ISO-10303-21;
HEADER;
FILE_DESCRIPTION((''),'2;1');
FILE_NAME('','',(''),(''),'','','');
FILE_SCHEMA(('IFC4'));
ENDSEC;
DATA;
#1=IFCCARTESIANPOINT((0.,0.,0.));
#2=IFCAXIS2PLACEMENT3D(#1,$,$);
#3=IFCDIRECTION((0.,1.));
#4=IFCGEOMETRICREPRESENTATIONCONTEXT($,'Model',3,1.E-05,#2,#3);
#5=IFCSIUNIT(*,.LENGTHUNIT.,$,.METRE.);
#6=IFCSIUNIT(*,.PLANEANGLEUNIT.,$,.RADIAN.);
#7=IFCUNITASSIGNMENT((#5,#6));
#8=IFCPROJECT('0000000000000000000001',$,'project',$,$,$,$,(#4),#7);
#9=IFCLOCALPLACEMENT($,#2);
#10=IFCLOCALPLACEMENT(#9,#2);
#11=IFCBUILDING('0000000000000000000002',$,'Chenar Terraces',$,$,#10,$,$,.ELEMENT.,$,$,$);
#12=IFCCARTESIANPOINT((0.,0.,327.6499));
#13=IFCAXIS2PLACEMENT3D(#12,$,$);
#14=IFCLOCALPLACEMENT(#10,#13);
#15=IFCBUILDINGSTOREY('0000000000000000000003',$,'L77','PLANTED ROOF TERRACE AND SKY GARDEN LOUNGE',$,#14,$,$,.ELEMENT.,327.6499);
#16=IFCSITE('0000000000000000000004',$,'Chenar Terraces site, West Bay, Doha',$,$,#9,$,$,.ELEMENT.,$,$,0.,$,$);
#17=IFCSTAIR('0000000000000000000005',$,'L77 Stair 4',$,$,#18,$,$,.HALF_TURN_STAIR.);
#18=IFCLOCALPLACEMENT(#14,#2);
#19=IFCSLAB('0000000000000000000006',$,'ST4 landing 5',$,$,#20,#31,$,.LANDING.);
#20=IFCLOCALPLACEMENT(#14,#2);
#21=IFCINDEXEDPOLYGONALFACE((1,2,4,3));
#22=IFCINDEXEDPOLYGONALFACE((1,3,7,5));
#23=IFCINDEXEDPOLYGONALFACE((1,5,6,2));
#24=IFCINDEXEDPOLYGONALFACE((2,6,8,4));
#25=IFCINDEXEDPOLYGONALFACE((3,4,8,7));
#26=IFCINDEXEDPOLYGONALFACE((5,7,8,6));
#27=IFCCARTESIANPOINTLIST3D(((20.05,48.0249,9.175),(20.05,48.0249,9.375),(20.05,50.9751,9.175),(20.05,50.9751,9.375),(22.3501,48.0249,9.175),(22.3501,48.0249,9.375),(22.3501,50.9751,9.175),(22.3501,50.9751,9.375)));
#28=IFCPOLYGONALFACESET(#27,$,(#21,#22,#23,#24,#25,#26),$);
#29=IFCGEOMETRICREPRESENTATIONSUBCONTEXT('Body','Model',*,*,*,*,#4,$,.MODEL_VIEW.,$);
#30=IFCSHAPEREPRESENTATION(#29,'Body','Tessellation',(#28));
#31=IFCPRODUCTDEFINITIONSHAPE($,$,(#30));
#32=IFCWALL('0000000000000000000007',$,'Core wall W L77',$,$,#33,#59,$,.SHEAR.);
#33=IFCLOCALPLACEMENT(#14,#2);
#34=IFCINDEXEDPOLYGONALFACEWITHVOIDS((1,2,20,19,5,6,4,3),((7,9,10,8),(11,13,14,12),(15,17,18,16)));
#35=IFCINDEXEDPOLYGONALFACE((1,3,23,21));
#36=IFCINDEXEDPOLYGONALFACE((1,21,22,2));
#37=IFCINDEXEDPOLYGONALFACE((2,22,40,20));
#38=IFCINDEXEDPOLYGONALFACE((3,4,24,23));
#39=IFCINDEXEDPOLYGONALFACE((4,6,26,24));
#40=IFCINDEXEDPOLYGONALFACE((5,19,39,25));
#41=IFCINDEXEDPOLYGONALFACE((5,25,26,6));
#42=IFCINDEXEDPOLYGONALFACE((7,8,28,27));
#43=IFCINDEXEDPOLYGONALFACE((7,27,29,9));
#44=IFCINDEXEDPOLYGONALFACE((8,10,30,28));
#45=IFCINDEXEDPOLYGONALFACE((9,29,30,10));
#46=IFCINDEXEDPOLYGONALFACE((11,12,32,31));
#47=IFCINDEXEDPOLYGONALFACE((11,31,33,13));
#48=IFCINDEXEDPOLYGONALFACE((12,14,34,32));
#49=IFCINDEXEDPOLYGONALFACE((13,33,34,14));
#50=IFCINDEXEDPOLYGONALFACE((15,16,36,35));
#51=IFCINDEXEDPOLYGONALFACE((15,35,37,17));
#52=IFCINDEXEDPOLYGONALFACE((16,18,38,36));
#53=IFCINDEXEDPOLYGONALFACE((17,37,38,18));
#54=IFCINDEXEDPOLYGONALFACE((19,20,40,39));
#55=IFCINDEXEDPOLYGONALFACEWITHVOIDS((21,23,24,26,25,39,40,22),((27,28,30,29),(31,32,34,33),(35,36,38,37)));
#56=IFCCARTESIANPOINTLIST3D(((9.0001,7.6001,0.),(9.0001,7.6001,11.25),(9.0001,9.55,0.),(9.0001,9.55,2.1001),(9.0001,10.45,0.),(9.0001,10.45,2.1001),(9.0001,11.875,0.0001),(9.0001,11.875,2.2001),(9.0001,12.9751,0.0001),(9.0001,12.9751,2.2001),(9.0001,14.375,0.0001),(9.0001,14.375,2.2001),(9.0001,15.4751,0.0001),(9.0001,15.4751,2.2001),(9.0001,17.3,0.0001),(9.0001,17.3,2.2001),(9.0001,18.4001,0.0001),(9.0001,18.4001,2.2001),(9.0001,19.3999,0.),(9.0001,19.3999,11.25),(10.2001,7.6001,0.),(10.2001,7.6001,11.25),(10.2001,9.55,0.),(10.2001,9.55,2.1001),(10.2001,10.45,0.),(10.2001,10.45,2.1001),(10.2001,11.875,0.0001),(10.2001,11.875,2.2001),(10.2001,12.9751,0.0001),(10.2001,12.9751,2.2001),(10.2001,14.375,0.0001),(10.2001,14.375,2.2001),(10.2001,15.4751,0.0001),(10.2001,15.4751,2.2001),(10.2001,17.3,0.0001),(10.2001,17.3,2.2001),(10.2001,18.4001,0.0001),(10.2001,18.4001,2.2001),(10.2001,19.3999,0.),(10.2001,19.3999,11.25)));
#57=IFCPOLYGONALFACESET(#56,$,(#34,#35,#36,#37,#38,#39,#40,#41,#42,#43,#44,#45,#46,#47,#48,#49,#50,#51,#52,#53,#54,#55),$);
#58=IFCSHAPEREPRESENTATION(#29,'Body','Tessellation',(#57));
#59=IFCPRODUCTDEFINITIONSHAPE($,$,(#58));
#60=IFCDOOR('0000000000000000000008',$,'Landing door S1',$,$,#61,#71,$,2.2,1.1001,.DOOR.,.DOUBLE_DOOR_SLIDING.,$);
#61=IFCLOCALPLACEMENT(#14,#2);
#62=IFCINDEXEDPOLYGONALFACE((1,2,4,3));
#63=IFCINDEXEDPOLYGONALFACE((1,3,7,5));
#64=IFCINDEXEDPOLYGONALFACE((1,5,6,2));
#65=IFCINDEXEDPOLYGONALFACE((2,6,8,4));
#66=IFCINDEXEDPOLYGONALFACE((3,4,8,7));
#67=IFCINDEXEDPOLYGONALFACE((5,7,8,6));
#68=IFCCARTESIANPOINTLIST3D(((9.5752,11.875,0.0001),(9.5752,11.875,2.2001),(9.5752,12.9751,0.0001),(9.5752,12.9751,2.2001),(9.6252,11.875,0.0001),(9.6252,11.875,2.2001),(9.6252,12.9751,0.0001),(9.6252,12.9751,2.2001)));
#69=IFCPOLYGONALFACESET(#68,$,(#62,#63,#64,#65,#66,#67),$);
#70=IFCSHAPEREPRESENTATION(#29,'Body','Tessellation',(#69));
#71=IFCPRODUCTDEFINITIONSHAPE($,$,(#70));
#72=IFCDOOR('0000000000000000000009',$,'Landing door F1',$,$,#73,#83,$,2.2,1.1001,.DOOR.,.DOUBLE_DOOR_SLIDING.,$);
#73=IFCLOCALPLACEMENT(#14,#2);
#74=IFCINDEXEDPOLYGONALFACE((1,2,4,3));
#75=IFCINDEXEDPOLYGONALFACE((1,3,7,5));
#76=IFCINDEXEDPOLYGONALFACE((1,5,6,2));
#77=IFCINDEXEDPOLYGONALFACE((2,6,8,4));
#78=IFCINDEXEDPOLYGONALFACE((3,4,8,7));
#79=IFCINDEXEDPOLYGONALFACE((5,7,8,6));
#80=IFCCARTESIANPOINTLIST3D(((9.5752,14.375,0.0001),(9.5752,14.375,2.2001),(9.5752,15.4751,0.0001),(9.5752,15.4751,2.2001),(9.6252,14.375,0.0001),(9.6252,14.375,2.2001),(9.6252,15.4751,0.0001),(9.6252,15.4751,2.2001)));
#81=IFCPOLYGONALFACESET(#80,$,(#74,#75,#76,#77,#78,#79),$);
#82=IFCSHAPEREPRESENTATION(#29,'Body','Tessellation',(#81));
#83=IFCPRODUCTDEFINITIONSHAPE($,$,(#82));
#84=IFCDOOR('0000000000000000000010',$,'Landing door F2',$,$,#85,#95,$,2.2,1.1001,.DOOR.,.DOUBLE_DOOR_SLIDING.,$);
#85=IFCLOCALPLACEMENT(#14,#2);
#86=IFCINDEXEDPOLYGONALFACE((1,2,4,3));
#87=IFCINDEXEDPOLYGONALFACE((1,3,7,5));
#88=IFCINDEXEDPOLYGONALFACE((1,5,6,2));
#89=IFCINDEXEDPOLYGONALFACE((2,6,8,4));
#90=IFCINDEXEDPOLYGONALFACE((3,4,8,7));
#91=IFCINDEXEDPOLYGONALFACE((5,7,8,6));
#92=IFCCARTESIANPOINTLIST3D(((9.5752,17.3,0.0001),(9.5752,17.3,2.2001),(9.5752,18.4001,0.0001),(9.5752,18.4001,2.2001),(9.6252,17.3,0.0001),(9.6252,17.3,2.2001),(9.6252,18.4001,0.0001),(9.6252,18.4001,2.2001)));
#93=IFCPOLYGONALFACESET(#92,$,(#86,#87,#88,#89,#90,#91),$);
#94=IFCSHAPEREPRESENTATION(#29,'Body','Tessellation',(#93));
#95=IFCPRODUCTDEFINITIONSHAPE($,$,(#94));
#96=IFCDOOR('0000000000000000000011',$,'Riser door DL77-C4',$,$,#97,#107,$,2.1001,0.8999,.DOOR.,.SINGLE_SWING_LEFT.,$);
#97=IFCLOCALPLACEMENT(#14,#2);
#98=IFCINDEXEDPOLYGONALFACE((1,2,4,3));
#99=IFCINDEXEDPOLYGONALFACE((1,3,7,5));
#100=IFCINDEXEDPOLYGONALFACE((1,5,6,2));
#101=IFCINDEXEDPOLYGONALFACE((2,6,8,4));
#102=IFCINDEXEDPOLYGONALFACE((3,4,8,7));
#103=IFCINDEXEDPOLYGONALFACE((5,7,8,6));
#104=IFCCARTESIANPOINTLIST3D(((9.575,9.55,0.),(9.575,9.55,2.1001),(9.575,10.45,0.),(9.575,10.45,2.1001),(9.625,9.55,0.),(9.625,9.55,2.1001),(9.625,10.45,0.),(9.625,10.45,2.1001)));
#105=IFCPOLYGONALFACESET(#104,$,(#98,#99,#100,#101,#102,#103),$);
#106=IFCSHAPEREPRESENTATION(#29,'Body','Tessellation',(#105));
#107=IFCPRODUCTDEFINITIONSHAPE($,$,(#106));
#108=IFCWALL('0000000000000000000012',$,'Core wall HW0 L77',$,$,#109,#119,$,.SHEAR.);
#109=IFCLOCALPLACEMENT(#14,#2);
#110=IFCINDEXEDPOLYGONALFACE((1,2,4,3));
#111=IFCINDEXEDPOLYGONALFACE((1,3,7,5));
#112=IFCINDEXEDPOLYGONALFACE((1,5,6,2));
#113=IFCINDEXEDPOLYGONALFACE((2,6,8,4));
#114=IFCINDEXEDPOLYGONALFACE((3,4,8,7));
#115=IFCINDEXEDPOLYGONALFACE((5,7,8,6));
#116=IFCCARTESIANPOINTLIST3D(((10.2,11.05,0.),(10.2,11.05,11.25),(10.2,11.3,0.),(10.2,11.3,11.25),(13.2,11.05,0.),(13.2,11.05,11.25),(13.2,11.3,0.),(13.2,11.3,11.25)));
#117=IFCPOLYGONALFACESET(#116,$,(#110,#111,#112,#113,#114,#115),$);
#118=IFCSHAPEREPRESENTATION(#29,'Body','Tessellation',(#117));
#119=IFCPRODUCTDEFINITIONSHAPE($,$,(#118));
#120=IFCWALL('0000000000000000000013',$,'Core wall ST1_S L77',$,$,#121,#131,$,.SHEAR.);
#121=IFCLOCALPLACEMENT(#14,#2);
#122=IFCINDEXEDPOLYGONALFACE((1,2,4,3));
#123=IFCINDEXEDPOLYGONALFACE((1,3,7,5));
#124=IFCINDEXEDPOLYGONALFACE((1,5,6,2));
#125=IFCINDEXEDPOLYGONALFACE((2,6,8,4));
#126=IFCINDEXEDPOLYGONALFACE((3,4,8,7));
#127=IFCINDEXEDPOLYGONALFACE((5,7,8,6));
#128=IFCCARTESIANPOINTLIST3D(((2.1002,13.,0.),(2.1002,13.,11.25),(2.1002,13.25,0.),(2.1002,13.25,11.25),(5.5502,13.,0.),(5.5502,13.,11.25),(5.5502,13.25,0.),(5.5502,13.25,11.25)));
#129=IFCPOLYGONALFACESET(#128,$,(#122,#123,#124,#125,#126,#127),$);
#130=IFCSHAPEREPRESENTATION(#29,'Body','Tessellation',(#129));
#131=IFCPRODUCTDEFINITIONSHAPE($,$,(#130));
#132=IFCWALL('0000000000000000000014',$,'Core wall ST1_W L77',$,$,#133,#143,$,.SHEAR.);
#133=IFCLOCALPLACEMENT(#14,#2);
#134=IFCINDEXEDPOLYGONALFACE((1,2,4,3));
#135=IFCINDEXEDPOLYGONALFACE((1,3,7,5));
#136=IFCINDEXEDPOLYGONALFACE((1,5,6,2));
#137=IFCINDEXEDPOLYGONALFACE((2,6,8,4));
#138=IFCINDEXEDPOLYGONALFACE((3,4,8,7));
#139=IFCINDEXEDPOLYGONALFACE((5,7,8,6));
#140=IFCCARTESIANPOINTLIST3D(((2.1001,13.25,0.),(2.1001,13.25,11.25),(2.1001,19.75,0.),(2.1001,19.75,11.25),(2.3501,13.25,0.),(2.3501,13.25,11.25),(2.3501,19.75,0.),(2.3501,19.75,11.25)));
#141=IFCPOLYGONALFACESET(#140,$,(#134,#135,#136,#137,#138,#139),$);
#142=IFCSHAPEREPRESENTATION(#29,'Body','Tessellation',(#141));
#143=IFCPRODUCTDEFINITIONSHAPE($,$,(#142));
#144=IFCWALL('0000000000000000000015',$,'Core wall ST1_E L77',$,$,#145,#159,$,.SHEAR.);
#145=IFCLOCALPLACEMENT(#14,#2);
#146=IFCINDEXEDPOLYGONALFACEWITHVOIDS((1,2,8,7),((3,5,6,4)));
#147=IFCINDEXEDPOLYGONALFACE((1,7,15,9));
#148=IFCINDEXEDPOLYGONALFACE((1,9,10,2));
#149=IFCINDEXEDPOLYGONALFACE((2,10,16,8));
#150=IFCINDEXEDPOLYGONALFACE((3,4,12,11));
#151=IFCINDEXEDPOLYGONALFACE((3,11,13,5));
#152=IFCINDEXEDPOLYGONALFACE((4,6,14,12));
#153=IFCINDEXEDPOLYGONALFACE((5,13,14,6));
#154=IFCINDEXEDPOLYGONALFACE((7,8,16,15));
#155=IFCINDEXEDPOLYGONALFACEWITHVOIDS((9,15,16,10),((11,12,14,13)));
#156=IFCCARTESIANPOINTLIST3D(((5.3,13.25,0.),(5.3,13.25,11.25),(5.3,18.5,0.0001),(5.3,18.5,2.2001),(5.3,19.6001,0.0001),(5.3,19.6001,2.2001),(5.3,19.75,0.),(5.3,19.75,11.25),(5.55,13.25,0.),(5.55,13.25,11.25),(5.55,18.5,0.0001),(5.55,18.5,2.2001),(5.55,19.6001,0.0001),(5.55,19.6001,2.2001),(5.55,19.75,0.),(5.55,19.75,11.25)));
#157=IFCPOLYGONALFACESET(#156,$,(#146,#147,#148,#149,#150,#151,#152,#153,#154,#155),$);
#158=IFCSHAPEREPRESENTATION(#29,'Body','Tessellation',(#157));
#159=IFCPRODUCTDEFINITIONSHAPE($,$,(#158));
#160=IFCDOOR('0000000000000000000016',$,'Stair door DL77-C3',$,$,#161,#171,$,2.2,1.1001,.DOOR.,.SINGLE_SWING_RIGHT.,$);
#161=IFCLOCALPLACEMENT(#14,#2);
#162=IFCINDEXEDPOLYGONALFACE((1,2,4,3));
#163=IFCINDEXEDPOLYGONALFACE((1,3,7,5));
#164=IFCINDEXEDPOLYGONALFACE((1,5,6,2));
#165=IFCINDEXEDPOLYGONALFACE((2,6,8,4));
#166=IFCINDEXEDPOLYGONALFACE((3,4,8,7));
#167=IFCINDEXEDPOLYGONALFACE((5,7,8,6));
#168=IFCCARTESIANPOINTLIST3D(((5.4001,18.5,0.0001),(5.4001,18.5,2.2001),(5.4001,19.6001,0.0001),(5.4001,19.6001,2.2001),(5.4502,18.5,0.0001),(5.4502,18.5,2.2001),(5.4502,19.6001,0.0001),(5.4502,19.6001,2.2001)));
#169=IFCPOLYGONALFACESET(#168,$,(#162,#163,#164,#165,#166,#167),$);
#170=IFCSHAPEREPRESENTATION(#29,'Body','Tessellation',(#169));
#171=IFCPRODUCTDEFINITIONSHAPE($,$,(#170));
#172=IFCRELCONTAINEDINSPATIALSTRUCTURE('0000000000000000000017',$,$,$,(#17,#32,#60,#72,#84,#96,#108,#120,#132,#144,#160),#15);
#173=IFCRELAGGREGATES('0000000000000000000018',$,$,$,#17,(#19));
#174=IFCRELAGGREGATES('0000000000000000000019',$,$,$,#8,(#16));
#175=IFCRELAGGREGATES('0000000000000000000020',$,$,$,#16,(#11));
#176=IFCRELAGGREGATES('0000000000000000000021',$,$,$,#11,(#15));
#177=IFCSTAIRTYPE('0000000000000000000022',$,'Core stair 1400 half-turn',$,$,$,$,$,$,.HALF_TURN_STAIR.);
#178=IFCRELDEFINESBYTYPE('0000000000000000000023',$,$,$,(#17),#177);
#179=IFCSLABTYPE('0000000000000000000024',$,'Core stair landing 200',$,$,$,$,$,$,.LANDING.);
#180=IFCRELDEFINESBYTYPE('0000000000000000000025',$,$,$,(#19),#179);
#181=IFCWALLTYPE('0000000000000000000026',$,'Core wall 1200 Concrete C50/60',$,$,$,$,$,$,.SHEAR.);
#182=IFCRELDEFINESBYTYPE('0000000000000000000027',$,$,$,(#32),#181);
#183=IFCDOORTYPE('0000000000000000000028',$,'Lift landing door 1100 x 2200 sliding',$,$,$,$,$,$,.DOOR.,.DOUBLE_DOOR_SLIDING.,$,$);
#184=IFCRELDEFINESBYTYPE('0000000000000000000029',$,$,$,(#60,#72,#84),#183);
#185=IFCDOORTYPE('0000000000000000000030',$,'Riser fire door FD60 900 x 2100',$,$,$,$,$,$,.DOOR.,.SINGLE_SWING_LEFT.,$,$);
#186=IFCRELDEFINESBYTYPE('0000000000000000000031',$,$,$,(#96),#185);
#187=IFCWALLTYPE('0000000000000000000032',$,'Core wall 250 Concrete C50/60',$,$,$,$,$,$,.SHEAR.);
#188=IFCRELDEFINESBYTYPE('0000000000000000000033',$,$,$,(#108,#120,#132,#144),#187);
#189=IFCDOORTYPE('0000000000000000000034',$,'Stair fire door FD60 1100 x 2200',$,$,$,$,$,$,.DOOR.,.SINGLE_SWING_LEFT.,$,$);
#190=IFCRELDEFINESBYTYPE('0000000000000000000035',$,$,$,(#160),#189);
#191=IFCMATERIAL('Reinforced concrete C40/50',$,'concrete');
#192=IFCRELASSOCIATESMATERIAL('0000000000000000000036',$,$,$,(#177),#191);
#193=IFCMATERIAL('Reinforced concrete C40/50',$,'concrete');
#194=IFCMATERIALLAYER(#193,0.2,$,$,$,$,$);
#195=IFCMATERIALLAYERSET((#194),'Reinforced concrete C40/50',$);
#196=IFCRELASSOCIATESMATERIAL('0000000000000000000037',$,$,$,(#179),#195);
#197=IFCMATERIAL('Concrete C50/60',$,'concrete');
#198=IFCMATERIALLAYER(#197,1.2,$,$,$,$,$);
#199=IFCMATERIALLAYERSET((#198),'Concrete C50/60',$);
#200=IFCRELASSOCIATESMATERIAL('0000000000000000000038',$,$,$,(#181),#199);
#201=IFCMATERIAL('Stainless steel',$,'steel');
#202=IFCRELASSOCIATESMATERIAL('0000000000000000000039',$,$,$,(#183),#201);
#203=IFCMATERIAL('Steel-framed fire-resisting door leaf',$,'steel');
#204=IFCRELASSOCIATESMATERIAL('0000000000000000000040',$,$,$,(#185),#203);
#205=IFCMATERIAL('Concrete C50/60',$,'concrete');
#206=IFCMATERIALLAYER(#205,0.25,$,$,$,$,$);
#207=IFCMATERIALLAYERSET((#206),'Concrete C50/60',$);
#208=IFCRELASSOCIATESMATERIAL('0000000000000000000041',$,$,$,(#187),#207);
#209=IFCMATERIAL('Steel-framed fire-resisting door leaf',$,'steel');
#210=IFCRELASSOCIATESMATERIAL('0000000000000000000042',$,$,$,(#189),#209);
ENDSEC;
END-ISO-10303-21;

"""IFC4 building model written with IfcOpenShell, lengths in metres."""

from ifc_helpers import new_model, si_unit, direction, frame, frame_2d, origin, place, context, subcontext, project, spatial, polyline, rectangle, outline, extrude, material, layer, layer_set, type_object, element, fill, aggregate, save


model = new_model("IFC4")

# Units and contexts
model_context = context("Model", 3, precision=1e-05, world=origin(), true_north=direction((0.0, 1.0)))
body_context = subcontext(model_context, "Body", "Model", "MODEL_VIEW")
ifc_project = project(units=[si_unit("LENGTHUNIT", "METRE"), si_unit("PLANEANGLEUNIT", "RADIAN")], contexts=[model_context])

# Site, building, storey
site_placement = place(None, origin())
site = spatial("IfcSite", under=ifc_project, at=site_placement, Name="Chenar Terraces site, West Bay, Doha", CompositionType="ELEMENT", RefElevation=0.0)
building_placement = place(site_placement, origin())
building = spatial("IfcBuilding", under=site, at=building_placement, Name="Chenar Terraces", CompositionType="ELEMENT")
storey_placement = place(building_placement, frame((0.0, 0.0, 327.6499)))
storey = spatial("IfcBuildingStorey", under=building, at=storey_placement, Name="L77", Description="PLANTED ROOF TERRACE AND SKY GARDEN LOUNGE", CompositionType="ELEMENT", Elevation=327.6499)

# Stair, slab
ifc_material_1 = material(Name="Reinforced concrete C40/50", Category="concrete")
stair_type = type_object("IfcStairType", Name="Core stair 1400 half-turn", PredefinedType="HALF_TURN_STAIR", material=ifc_material_1)
stair_placement = place(storey_placement, origin())
stair = element("IfcStair", 1, at=stair_placement, inside=storey, type_object=stair_type, Name="L77 Stair 4", PredefinedType="HALF_TURN_STAIR")
ifc_material_2 = material(Name="Reinforced concrete C40/50", Category="concrete")
ifc_layer_1 = layer(ifc_material_2, 0.2)
ifc_layer_set_1 = layer_set([ifc_layer_1], Name="Reinforced concrete C40/50")
slab_type = type_object("IfcSlabType", Name="Core stair landing 200", PredefinedType="LANDING", material=ifc_layer_set_1)
slab_placement = place(storey_placement, frame((0.0, 0.0, 9.175)))
slab = element("IfcSlab", 2, at=slab_placement, type_object=slab_type, Name="ST4 landing 5", PredefinedType="LANDING", context=body_context, shape_type="SweptSolid", body=[
    extrude(outline(polyline([(20.05, 48.0249), (22.3501, 48.0249), (22.3501, 50.9751), (20.05, 50.9751), (20.05, 48.0249)])), origin(), (0.0, 0.0, 1.0), 0.2),
])
aggregate(stair, [slab])

# Wall, openings, doors
ifc_material_3 = material(Name="Concrete C50/60", Category="concrete")
ifc_layer_2 = layer(ifc_material_3, 1.2)
ifc_layer_set_2 = layer_set([ifc_layer_2], Name="Concrete C50/60")
wall_type_1 = type_object("IfcWallType", Name="Core wall 1200 Concrete C50/60", PredefinedType="SHEAR", material=ifc_layer_set_2)
wall_1_placement = place(storey_placement, frame((9.6001, 7.6001, 0.0), z_axis=(0.0, 0.0, 1.0), x_axis=(0.0, 1.0, 0.0)))
wall_1 = element("IfcWall", 3, at=wall_1_placement, inside=storey, type_object=wall_type_1, Name="Core wall W L77", PredefinedType="SHEAR", context=body_context, shape_type="SweptSolid", body=[
    extrude(rectangle(XDim=11.7998, YDim=1.2, at=frame_2d((5.8999, 0.0))), origin(), (0.0, 0.0, 1.0), 11.25),
])
opening_1_placement = place(wall_1_placement, frame((4.2749, 0.0, 0.0)))
opening_1 = element("IfcOpeningElement", 4, at=opening_1_placement, cuts=wall_1, PredefinedType="OPENING", context=body_context, shape_type="SweptSolid", body=[
    extrude(rectangle(XDim=1.1001, YDim=2.2, at=frame_2d((0.55, 1.1001))), frame((0.0, 0.6099, 0.0), z_axis=(0.0, -1.0, 0.0), x_axis=(1.0, 0.0, 0.0)), (0.0, 0.0, 1.0), 1.22),
])
opening_2_placement = place(wall_1_placement, frame((6.7749, 0.0, 0.0)))
opening_2 = element("IfcOpeningElement", 5, at=opening_2_placement, cuts=wall_1, PredefinedType="OPENING", context=body_context, shape_type="SweptSolid", body=[
    extrude(rectangle(XDim=1.1001, YDim=2.2, at=frame_2d((0.55, 1.1001))), frame((0.0, 0.6099, 0.0), z_axis=(0.0, -1.0, 0.0), x_axis=(1.0, 0.0, 0.0)), (0.0, 0.0, 1.0), 1.22),
])
opening_3_placement = place(wall_1_placement, frame((9.7, 0.0, 0.0)))
opening_3 = element("IfcOpeningElement", 6, at=opening_3_placement, cuts=wall_1, PredefinedType="OPENING", context=body_context, shape_type="SweptSolid", body=[
    extrude(rectangle(XDim=1.1001, YDim=2.2, at=frame_2d((0.55, 1.1001))), frame((0.0, 0.6099, 0.0), z_axis=(0.0, -1.0, 0.0), x_axis=(1.0, 0.0, 0.0)), (0.0, 0.0, 1.0), 1.22),
])
opening_4_placement = place(wall_1_placement, frame((1.95, 0.0, 0.0)))
opening_4 = element("IfcOpeningElement", 7, at=opening_4_placement, cuts=wall_1, PredefinedType="OPENING", context=body_context, shape_type="SweptSolid", body=[
    extrude(rectangle(XDim=0.8999, YDim=2.1001, at=frame_2d((0.45, 1.05))), frame((0.0, 0.6099, 0.0), z_axis=(0.0, -1.0, 0.0), x_axis=(1.0, 0.0, 0.0)), (0.0, 0.0, 1.0), 1.22),
])
ifc_material_4 = material(Name="Stainless steel", Category="steel")
door_type_1 = type_object("IfcDoorType", Name="Lift landing door 1100 x 2200 sliding", OperationType="DOUBLE_DOOR_SLIDING", PredefinedType="DOOR", material=ifc_material_4)
door_1_placement = place(opening_1_placement, origin())
door_1 = element("IfcDoor", 8, at=door_1_placement, inside=storey, type_object=door_type_1, Name="Landing door S1", OperationType="DOUBLE_DOOR_SLIDING", OverallHeight=2.2, OverallWidth=1.1001, PredefinedType="DOOR", context=body_context, shape_type="SweptSolid", body=[
    extrude(rectangle(XDim=1.1001, YDim=2.2, at=frame_2d((0.55, 1.1001))), frame((0.0, 0.0249, 0.0), z_axis=(0.0, -1.0, 0.0), x_axis=(1.0, 0.0, 0.0)), (0.0, 0.0, 1.0), 0.05),
])
fill(opening_1, door_1)
door_2_placement = place(opening_2_placement, origin())
door_2 = element("IfcDoor", 9, at=door_2_placement, inside=storey, type_object=door_type_1, Name="Landing door F1", OperationType="DOUBLE_DOOR_SLIDING", OverallHeight=2.2, OverallWidth=1.1001, PredefinedType="DOOR", context=body_context, shape_type="SweptSolid", body=[
    extrude(rectangle(XDim=1.1001, YDim=2.2, at=frame_2d((0.55, 1.1001))), frame((0.0, 0.0249, 0.0), z_axis=(0.0, -1.0, 0.0), x_axis=(1.0, 0.0, 0.0)), (0.0, 0.0, 1.0), 0.05),
])
fill(opening_2, door_2)
door_3_placement = place(opening_3_placement, origin())
door_3 = element("IfcDoor", 10, at=door_3_placement, inside=storey, type_object=door_type_1, Name="Landing door F2", OperationType="DOUBLE_DOOR_SLIDING", OverallHeight=2.2, OverallWidth=1.1001, PredefinedType="DOOR", context=body_context, shape_type="SweptSolid", body=[
    extrude(rectangle(XDim=1.1001, YDim=2.2, at=frame_2d((0.55, 1.1001))), frame((0.0, 0.0249, 0.0), z_axis=(0.0, -1.0, 0.0), x_axis=(1.0, 0.0, 0.0)), (0.0, 0.0, 1.0), 0.05),
])
fill(opening_3, door_3)
ifc_material_5 = material(Name="Steel-framed fire-resisting door leaf", Category="steel")
door_type_2 = type_object("IfcDoorType", Name="Riser fire door FD60 900 x 2100", OperationType="SINGLE_SWING_LEFT", PredefinedType="DOOR", material=ifc_material_5)
door_4_placement = place(opening_4_placement, frame((0.8999, 0.0, 0.0), z_axis=(0.0, 0.0, 1.0), x_axis=(-1.0, 0.0, 0.0)))
door_4 = element("IfcDoor", 11, at=door_4_placement, inside=storey, type_object=door_type_2, Name="Riser door DL77-C4", OperationType="SINGLE_SWING_LEFT", OverallHeight=2.1001, OverallWidth=0.8999, PredefinedType="DOOR", context=body_context, shape_type="SweptSolid", body=[
    extrude(rectangle(XDim=0.8999, YDim=2.1001, at=frame_2d((0.45, 1.05))), frame((0.0, 0.0249, 0.0), z_axis=(0.0, -1.0, 0.0), x_axis=(1.0, 0.0, 0.0)), (0.0, 0.0, 1.0), 0.05),
])
fill(opening_4, door_4)

# Walls
ifc_material_6 = material(Name="Concrete C50/60", Category="concrete")
ifc_layer_3 = layer(ifc_material_6, 0.25)
ifc_layer_set_3 = layer_set([ifc_layer_3], Name="Concrete C50/60")
wall_type_2 = type_object("IfcWallType", Name="Core wall 250 Concrete C50/60", PredefinedType="SHEAR", material=ifc_layer_set_3)
wall_2_placement = place(storey_placement, frame((10.2, 11.175, 0.0), z_axis=(0.0, 0.0, 1.0), x_axis=(1.0, 0.0, 0.0)))
element("IfcWall", 12, at=wall_2_placement, inside=storey, type_object=wall_type_2, Name="Core wall HW0 L77", PredefinedType="SHEAR", context=body_context, shape_type="SweptSolid", body=[
    extrude(rectangle(XDim=3.0, YDim=0.25, at=frame_2d((1.5, 0.0))), origin(), (0.0, 0.0, 1.0), 11.25),
])
wall_3_placement = place(storey_placement, frame((2.1001, 13.125, 0.0), z_axis=(0.0, 0.0, 1.0), x_axis=(1.0, 0.0, 0.0)))
element("IfcWall", 13, at=wall_3_placement, inside=storey, type_object=wall_type_2, Name="Core wall ST1_S L77", PredefinedType="SHEAR", context=body_context, shape_type="SweptSolid", body=[
    extrude(rectangle(XDim=3.45, YDim=0.25, at=frame_2d((1.7251, 0.0))), origin(), (0.0, 0.0, 1.0), 11.25),
])
wall_4_placement = place(storey_placement, frame((2.2251, 13.25, 0.0), z_axis=(0.0, 0.0, 1.0), x_axis=(0.0, 1.0, 0.0)))
element("IfcWall", 14, at=wall_4_placement, inside=storey, type_object=wall_type_2, Name="Core wall ST1_W L77", PredefinedType="SHEAR", context=body_context, shape_type="SweptSolid", body=[
    extrude(rectangle(XDim=6.5, YDim=0.25, at=frame_2d((3.25, 0.0))), origin(), (0.0, 0.0, 1.0), 11.25),
])

# Wall, opening, door
wall_5_placement = place(storey_placement, frame((5.425, 13.25, 0.0), z_axis=(0.0, 0.0, 1.0), x_axis=(0.0, 1.0, 0.0)))
wall_5 = element("IfcWall", 15, at=wall_5_placement, inside=storey, type_object=wall_type_2, Name="Core wall ST1_E L77", PredefinedType="SHEAR", context=body_context, shape_type="SweptSolid", body=[
    extrude(rectangle(XDim=6.5, YDim=0.25, at=frame_2d((3.25, 0.0))), origin(), (0.0, 0.0, 1.0), 11.25),
])
opening_5_placement = place(wall_5_placement, frame((5.25, 0.0, 0.0)))
opening_5 = element("IfcOpeningElement", 16, at=opening_5_placement, cuts=wall_5, PredefinedType="OPENING", context=body_context, shape_type="SweptSolid", body=[
    extrude(rectangle(XDim=1.1001, YDim=2.2, at=frame_2d((0.55, 1.1001))), frame((0.0, 0.135, 0.0), z_axis=(0.0, -1.0, 0.0), x_axis=(1.0, 0.0, 0.0)), (0.0, 0.0, 1.0), 0.27),
])
ifc_material_7 = material(Name="Steel-framed fire-resisting door leaf", Category="steel")
door_type_3 = type_object("IfcDoorType", Name="Stair fire door FD60 1100 x 2200", OperationType="SINGLE_SWING_LEFT", PredefinedType="DOOR", material=ifc_material_7)
door_5_placement = place(opening_5_placement, origin())
door_5 = element("IfcDoor", 17, at=door_5_placement, inside=storey, type_object=door_type_3, Name="Stair door DL77-C3", OperationType="SINGLE_SWING_RIGHT", OverallHeight=2.2, OverallWidth=1.1001, PredefinedType="DOOR", context=body_context, shape_type="SweptSolid", body=[
    extrude(rectangle(XDim=1.1001, YDim=2.2, at=frame_2d((0.55, 1.1001))), frame((0.0, 0.0249, 0.0), z_axis=(0.0, -1.0, 0.0), x_axis=(1.0, 0.0, 0.0)), (0.0, 0.0, 1.0), 0.05),
])
fill(opening_5, door_5)

save(model, "model.ifc")
